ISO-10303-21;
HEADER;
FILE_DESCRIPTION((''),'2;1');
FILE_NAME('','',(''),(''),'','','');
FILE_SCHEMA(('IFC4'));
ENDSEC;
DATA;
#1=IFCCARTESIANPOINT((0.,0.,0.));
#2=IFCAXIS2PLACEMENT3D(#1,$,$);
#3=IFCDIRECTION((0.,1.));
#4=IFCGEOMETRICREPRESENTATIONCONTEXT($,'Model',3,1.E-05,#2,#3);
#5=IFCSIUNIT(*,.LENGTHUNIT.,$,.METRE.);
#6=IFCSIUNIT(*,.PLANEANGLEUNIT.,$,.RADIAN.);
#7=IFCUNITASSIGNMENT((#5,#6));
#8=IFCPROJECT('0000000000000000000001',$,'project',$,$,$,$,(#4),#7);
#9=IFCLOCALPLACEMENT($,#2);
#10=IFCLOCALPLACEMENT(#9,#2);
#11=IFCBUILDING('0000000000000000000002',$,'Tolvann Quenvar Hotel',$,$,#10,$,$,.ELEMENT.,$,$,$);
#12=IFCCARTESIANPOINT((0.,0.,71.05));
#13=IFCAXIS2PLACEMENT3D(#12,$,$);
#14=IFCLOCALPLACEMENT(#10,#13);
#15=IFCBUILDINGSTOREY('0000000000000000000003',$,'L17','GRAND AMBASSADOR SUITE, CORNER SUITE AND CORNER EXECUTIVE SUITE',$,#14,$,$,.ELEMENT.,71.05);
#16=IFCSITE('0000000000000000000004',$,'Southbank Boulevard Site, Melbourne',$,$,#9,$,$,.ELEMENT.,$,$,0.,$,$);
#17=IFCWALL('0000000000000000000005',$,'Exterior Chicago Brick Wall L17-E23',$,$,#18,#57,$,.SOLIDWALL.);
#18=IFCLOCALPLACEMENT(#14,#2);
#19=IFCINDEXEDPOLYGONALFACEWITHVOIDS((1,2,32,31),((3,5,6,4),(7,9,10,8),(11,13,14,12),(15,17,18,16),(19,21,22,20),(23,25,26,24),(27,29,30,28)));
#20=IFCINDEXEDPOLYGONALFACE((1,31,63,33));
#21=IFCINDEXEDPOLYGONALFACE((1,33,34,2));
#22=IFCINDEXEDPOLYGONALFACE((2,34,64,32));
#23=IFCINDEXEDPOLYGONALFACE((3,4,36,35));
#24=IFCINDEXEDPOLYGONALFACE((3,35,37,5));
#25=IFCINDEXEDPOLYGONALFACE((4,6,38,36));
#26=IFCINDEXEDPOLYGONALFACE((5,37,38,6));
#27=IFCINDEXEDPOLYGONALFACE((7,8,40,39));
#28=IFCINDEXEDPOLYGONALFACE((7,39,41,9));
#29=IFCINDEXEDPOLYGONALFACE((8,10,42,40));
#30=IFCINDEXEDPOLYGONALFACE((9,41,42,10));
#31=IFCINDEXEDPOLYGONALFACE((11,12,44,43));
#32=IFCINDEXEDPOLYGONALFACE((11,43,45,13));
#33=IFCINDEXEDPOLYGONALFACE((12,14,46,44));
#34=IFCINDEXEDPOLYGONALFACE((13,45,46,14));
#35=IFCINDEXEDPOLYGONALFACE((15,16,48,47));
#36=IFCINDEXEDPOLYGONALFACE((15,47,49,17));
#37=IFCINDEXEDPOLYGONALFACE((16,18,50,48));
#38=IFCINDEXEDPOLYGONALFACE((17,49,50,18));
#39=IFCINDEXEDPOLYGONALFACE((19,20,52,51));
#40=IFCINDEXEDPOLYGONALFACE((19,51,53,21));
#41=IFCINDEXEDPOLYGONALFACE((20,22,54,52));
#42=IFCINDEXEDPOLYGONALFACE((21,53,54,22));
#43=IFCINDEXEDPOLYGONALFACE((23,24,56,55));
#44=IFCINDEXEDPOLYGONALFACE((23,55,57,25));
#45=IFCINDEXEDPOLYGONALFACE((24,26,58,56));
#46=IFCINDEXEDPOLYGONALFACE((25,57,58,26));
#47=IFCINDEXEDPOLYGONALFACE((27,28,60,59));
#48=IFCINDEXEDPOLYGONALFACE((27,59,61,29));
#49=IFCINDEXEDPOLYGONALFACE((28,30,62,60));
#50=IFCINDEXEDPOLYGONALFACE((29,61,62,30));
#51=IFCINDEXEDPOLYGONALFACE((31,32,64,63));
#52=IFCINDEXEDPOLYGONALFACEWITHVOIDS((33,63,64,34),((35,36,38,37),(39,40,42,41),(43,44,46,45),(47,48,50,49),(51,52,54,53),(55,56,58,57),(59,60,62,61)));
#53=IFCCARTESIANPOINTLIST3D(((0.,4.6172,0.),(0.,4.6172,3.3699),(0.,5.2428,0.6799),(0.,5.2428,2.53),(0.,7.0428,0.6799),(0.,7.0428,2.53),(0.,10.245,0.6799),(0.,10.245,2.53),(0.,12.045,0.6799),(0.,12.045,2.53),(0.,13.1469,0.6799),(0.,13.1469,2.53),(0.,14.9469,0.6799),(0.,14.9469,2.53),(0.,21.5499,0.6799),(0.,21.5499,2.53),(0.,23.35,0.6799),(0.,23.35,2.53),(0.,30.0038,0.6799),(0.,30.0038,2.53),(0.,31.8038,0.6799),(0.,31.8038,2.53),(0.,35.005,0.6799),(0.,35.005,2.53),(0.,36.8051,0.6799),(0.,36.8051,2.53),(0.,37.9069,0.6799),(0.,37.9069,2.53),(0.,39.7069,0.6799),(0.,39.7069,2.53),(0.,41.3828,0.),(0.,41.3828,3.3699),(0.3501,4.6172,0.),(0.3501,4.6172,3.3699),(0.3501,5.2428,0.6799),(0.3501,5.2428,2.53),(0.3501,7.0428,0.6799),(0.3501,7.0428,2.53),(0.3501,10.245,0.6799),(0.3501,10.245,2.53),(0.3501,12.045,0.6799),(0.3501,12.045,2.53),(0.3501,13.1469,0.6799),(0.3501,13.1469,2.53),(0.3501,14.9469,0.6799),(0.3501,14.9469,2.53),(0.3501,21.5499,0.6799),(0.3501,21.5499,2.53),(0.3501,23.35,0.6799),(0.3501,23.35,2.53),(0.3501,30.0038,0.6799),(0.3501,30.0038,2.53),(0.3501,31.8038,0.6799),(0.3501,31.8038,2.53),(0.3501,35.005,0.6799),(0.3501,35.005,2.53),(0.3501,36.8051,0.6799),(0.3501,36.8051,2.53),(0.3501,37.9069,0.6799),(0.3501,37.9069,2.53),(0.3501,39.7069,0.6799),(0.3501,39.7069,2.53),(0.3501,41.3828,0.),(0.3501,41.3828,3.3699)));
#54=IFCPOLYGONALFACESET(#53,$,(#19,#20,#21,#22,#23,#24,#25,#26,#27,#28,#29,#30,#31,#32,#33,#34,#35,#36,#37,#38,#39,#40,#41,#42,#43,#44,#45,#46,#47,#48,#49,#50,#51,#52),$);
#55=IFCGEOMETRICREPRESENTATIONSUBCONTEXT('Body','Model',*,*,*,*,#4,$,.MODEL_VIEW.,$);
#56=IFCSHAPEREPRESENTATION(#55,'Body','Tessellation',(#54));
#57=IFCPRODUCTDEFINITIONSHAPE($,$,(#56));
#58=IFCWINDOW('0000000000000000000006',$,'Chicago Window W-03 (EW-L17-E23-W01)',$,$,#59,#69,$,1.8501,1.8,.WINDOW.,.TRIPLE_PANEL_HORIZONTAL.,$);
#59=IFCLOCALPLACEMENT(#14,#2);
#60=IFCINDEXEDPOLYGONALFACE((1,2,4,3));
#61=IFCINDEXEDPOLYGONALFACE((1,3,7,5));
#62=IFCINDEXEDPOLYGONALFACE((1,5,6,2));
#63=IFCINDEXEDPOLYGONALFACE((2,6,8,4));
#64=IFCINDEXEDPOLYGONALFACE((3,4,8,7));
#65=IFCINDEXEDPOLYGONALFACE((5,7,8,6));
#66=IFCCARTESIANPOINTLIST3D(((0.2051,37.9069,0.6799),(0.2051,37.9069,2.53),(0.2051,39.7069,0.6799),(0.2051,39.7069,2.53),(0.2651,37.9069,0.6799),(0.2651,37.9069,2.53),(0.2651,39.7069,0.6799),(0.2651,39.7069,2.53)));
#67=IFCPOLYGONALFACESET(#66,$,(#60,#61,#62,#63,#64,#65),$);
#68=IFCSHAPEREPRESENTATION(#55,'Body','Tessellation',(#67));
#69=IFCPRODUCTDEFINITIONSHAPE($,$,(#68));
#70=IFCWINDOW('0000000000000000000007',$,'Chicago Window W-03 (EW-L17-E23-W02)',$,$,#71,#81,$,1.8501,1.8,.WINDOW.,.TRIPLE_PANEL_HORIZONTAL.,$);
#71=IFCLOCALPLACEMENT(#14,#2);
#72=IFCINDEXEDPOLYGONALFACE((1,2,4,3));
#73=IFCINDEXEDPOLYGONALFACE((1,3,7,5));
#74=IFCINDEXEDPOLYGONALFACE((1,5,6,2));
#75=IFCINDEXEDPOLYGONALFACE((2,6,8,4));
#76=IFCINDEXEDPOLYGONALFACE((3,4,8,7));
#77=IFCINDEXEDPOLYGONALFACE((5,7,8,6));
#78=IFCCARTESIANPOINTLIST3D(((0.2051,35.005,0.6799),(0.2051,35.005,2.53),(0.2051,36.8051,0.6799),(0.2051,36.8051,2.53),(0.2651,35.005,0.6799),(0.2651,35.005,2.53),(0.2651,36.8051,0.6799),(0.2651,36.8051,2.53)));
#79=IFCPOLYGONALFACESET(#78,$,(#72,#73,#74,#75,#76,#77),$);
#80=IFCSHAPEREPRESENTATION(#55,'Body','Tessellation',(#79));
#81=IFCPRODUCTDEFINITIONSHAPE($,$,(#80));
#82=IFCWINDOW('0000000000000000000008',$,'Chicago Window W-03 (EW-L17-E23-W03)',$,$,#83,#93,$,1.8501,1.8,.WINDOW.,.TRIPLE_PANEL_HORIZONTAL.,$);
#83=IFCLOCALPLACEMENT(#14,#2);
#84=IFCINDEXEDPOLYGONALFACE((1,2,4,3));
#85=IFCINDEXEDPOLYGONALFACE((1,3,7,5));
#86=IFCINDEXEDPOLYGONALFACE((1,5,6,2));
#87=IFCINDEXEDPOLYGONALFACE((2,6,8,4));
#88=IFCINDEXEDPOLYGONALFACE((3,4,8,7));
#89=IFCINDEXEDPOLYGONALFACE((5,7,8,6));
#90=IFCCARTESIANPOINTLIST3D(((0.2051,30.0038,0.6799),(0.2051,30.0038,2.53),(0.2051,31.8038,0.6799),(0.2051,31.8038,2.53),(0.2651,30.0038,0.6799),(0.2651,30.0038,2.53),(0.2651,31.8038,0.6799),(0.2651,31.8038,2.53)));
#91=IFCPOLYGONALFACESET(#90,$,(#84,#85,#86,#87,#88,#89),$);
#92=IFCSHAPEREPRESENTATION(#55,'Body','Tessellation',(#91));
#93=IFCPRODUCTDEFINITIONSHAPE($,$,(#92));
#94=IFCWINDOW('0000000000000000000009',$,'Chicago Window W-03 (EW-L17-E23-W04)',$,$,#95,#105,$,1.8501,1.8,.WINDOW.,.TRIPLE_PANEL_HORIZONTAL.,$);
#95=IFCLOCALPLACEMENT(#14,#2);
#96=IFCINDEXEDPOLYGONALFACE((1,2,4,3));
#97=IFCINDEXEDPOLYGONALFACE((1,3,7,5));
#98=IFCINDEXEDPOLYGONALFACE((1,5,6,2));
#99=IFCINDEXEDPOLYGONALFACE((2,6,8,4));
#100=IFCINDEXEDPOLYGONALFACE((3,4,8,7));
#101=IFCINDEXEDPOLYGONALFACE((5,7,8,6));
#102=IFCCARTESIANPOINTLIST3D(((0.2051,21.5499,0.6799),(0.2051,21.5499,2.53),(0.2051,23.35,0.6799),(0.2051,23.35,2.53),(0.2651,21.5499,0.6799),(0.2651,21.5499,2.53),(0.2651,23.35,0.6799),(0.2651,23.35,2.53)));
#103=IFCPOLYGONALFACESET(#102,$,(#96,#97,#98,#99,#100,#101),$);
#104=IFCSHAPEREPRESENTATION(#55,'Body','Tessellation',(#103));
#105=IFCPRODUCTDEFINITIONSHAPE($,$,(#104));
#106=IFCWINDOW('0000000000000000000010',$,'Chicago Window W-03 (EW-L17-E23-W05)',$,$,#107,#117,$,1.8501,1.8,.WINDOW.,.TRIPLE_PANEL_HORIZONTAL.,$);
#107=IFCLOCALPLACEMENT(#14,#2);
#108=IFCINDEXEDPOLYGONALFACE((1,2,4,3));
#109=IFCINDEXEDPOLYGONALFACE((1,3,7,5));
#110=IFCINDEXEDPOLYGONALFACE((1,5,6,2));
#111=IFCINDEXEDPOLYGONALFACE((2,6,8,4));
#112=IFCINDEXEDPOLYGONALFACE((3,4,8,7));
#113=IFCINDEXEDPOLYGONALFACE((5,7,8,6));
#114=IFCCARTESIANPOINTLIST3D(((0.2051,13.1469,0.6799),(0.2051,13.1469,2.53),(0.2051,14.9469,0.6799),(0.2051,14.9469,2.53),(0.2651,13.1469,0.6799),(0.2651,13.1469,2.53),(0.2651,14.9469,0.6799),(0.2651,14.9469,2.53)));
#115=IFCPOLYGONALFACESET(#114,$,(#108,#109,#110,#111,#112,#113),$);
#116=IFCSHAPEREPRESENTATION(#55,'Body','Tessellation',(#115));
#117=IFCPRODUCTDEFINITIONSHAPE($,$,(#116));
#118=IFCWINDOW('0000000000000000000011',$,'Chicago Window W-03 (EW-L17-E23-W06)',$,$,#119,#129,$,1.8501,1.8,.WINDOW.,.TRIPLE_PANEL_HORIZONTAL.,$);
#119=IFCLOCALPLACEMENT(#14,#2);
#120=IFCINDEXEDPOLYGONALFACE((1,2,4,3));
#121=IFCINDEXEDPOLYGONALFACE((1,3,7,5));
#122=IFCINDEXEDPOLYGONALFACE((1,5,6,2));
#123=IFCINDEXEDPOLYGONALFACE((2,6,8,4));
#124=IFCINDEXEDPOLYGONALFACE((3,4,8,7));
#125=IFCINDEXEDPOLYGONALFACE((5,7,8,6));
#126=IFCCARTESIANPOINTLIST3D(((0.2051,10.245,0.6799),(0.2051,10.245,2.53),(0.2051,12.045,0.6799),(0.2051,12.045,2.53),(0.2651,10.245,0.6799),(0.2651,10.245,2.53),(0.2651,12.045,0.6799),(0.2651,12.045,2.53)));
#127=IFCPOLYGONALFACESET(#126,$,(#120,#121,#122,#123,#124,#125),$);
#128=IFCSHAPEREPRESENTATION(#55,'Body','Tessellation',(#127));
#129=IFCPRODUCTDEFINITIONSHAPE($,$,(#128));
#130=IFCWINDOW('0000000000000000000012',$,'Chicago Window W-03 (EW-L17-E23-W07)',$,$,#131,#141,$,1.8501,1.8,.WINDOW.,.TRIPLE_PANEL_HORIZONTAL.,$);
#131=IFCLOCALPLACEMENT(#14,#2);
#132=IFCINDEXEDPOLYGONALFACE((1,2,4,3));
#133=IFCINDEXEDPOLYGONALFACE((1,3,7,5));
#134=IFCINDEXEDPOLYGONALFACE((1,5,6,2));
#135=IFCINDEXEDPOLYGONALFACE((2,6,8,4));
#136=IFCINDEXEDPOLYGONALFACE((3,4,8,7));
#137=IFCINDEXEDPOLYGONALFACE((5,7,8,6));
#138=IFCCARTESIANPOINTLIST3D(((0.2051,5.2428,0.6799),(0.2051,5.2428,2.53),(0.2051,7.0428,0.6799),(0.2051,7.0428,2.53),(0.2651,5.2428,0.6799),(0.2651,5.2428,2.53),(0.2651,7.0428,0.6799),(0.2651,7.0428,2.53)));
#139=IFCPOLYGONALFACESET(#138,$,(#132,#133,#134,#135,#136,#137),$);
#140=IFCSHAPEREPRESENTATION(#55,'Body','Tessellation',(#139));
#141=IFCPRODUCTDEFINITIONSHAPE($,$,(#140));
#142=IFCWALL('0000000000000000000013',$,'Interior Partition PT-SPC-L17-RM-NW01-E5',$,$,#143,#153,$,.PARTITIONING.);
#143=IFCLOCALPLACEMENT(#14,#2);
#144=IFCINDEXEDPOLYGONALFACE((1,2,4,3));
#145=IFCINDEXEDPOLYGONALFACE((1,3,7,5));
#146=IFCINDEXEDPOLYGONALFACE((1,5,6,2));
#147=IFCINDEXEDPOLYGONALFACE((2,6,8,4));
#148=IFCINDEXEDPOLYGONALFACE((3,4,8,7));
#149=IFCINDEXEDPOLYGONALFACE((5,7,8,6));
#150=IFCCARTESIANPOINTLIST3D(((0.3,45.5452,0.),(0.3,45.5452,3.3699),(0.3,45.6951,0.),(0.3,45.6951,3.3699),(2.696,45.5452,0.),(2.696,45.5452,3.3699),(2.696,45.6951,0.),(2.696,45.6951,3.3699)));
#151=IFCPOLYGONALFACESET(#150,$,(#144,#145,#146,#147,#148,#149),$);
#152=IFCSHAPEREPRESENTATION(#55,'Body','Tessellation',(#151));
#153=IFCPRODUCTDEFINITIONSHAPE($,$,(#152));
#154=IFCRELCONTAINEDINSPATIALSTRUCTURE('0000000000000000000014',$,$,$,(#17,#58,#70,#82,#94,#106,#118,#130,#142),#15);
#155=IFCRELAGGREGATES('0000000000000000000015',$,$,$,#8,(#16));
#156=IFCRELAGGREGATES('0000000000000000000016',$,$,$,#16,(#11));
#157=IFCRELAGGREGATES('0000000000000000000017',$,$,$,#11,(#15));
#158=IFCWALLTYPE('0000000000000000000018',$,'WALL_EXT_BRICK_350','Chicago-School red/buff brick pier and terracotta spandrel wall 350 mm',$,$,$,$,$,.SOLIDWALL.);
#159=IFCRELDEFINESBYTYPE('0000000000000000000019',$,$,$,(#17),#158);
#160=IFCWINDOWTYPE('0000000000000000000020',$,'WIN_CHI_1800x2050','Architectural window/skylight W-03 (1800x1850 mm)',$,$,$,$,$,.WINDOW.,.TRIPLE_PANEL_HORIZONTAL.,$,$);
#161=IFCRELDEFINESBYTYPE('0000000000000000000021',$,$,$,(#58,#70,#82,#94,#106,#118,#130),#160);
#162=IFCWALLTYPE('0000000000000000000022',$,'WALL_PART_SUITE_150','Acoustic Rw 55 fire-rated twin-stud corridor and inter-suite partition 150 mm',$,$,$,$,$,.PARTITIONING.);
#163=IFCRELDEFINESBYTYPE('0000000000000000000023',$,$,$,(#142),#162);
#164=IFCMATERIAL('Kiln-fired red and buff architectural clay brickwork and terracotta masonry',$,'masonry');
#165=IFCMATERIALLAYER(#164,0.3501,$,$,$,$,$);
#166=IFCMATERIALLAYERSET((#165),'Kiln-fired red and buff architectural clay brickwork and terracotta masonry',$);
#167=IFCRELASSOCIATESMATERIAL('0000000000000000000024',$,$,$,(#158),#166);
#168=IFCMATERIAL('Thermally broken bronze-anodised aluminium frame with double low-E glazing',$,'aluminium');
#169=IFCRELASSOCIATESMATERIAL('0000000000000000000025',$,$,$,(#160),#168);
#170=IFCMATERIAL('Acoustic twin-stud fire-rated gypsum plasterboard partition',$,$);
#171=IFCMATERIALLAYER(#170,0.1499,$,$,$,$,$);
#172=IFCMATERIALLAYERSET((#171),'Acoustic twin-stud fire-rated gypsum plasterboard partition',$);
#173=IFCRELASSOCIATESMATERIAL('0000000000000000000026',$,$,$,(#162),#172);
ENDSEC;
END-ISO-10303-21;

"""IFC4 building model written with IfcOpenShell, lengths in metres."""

from ifc_helpers import new_model, si_unit, direction, frame, frame_2d, origin, place, context, subcontext, project, spatial, rectangle, extrude, source, transform, mapped, material, layer, layer_set, type_object, type_shapes, element, fill, save


model = new_model("IFC4")

# Units and contexts
model_context = context("Model", 3, precision=1e-05, world=origin(), true_north=direction((0.0, 1.0)))
body_context = subcontext(model_context, "Body", "Model", "MODEL_VIEW")
ifc_project = project(units=[si_unit("LENGTHUNIT", "METRE"), si_unit("PLANEANGLEUNIT", "RADIAN")], contexts=[model_context])

# Site, building, storey
site_placement = place(None, origin())
site = spatial("IfcSite", under=ifc_project, at=site_placement, Name="Southbank Boulevard Site, Melbourne", CompositionType="ELEMENT", RefElevation=0.0)
building_placement = place(site_placement, origin())
building = spatial("IfcBuilding", under=site, at=building_placement, Name="Tolvann Quenvar Hotel", CompositionType="ELEMENT")
storey_placement = place(building_placement, frame((0.0, 0.0, 71.05)))
storey = spatial("IfcBuildingStorey", under=building, at=storey_placement, Name="L17", Description="GRAND AMBASSADOR SUITE, CORNER SUITE AND CORNER EXECUTIVE SUITE", CompositionType="ELEMENT", Elevation=71.05)

# Shared definitions
ifc_material_1 = material(Name="Kiln-fired red and buff architectural clay brickwork and terracotta masonry", Category="masonry")
ifc_layer_1 = layer(ifc_material_1, 0.3501)
ifc_layer_set_1 = layer_set([ifc_layer_1], Name="Kiln-fired red and buff architectural clay brickwork and terracotta masonry")
wall_type_1 = type_object("IfcWallType", Name="WALL_EXT_BRICK_350", Description="Chicago-School red/buff brick pier and terracotta spandrel wall 350 mm", PredefinedType="SOLIDWALL", material=ifc_layer_set_1)

# Wall, openings, windows
wall_1_placement = place(storey_placement, frame((0.175, 41.3828, 0.0), z_axis=(0.0, 0.0, 1.0), x_axis=(0.0, -1.0, 0.0)))
wall_1 = element("IfcWall", 1, at=wall_1_placement, inside=storey, type_object=wall_type_1, Name="Exterior Chicago Brick Wall L17-E23", PredefinedType="SOLIDWALL", context=body_context, shape_type="SweptSolid", body=[
    extrude(rectangle(XDim=36.7656, YDim=0.3501, at=frame_2d((18.3828, 0.0))), origin(), (0.0, 0.0, 1.0), 3.3699),
])
opening_1_placement = place(wall_1_placement, frame((1.676, 0.0, 0.6799)))
opening_1 = element("IfcOpeningElement", 2, at=opening_1_placement, cuts=wall_1, PredefinedType="OPENING", context=body_context, shape_type="SweptSolid", body=[
    extrude(rectangle(XDim=1.8, YDim=1.8501, at=frame_2d((0.8999, 0.925))), frame((0.0, 0.1851, 0.0), z_axis=(0.0, -1.0, 0.0), x_axis=(1.0, 0.0, 0.0)), (0.0, 0.0, 1.0), 0.3701),
])
opening_2_placement = place(wall_1_placement, frame((4.5779, 0.0, 0.6799)))
opening_2 = element("IfcOpeningElement", 3, at=opening_2_placement, cuts=wall_1, PredefinedType="OPENING", context=body_context, shape_type="SweptSolid", body=[
    extrude(rectangle(XDim=1.8, YDim=1.8501, at=frame_2d((0.8999, 0.925))), frame((0.0, 0.1851, 0.0), z_axis=(0.0, -1.0, 0.0), x_axis=(1.0, 0.0, 0.0)), (0.0, 0.0, 1.0), 0.3701),
])
opening_3_placement = place(wall_1_placement, frame((9.5791, 0.0, 0.6799)))
opening_3 = element("IfcOpeningElement", 4, at=opening_3_placement, cuts=wall_1, PredefinedType="OPENING", context=body_context, shape_type="SweptSolid", body=[
    extrude(rectangle(XDim=1.8, YDim=1.8501, at=frame_2d((0.8999, 0.925))), frame((0.0, 0.1851, 0.0), z_axis=(0.0, -1.0, 0.0), x_axis=(1.0, 0.0, 0.0)), (0.0, 0.0, 1.0), 0.3701),
])
opening_4_placement = place(wall_1_placement, frame((18.033, 0.0, 0.6799)))
opening_4 = element("IfcOpeningElement", 5, at=opening_4_placement, cuts=wall_1, PredefinedType="OPENING", context=body_context, shape_type="SweptSolid", body=[
    extrude(rectangle(XDim=1.8, YDim=1.8501, at=frame_2d((0.8999, 0.925))), frame((0.0, 0.1851, 0.0), z_axis=(0.0, -1.0, 0.0), x_axis=(1.0, 0.0, 0.0)), (0.0, 0.0, 1.0), 0.3701),
])
opening_5_placement = place(wall_1_placement, frame((26.436, 0.0, 0.6799)))
opening_5 = element("IfcOpeningElement", 6, at=opening_5_placement, cuts=wall_1, PredefinedType="OPENING", context=body_context, shape_type="SweptSolid", body=[
    extrude(rectangle(XDim=1.8, YDim=1.8501, at=frame_2d((0.8999, 0.925))), frame((0.0, 0.1851, 0.0), z_axis=(0.0, -1.0, 0.0), x_axis=(1.0, 0.0, 0.0)), (0.0, 0.0, 1.0), 0.3701),
])
opening_6_placement = place(wall_1_placement, frame((29.3379, 0.0, 0.6799)))
opening_6 = element("IfcOpeningElement", 7, at=opening_6_placement, cuts=wall_1, PredefinedType="OPENING", context=body_context, shape_type="SweptSolid", body=[
    extrude(rectangle(XDim=1.8, YDim=1.8501, at=frame_2d((0.8999, 0.925))), frame((0.0, 0.1851, 0.0), z_axis=(0.0, -1.0, 0.0), x_axis=(1.0, 0.0, 0.0)), (0.0, 0.0, 1.0), 0.3701),
])
opening_7_placement = place(wall_1_placement, frame((34.3401, 0.0, 0.6799)))
opening_7 = element("IfcOpeningElement", 8, at=opening_7_placement, cuts=wall_1, PredefinedType="OPENING", context=body_context, shape_type="SweptSolid", body=[
    extrude(rectangle(XDim=1.8, YDim=1.8501, at=frame_2d((0.8999, 0.925))), frame((0.0, 0.1851, 0.0), z_axis=(0.0, -1.0, 0.0), x_axis=(1.0, 0.0, 0.0)), (0.0, 0.0, 1.0), 0.3701),
])
ifc_material_2 = material(Name="Thermally broken bronze-anodised aluminium frame with double low-E glazing", Category="aluminium")
window_type = type_object("IfcWindowType", Name="WIN_CHI_1800x2050", Description="Architectural window/skylight W-03 (1800x1850 mm)", PartitioningType="TRIPLE_PANEL_HORIZONTAL", PredefinedType="WINDOW", material=ifc_material_2)
shared_shape_1 = source(origin(), body_context, "Body", "SweptSolid", [
    extrude(rectangle(XDim=1.8, YDim=1.8501, at=frame_2d((0.8999, 0.925))), frame((0.0, 0.0901, 0.0), z_axis=(0.0, -1.0, 0.0), x_axis=(1.0, 0.0, 0.0)), (0.0, 0.0, 1.0), 0.0601),
])
type_shapes(window_type, [shared_shape_1])
window_1_placement = place(opening_1_placement, origin())
window_1 = element("IfcWindow", 9, at=window_1_placement, inside=storey, type_object=window_type, Name="Chicago Window W-03 (EW-L17-E23-W01)", OverallHeight=1.8501, OverallWidth=1.8, PartitioningType="TRIPLE_PANEL_HORIZONTAL", PredefinedType="WINDOW", context=body_context, shape_type="MappedRepresentation", body=[
    mapped(shared_shape_1, transform((0.0, 0.0, 0.0), x_axis=(1.0, 0.0, 0.0), y_axis=(0.0, 1.0, 0.0), z_axis=(0.0, 0.0, 1.0), scale=1.0)),
])
fill(opening_1, window_1)
window_2_placement = place(opening_2_placement, origin())
window_2 = element("IfcWindow", 10, at=window_2_placement, inside=storey, type_object=window_type, Name="Chicago Window W-03 (EW-L17-E23-W02)", OverallHeight=1.8501, OverallWidth=1.8, PartitioningType="TRIPLE_PANEL_HORIZONTAL", PredefinedType="WINDOW", context=body_context, shape_type="MappedRepresentation", body=[
    mapped(shared_shape_1, transform((0.0, 0.0, 0.0), x_axis=(1.0, 0.0, 0.0), y_axis=(0.0, 1.0, 0.0), z_axis=(0.0, 0.0, 1.0), scale=1.0)),
])
fill(opening_2, window_2)
window_3_placement = place(opening_3_placement, origin())
window_3 = element("IfcWindow", 11, at=window_3_placement, inside=storey, type_object=window_type, Name="Chicago Window W-03 (EW-L17-E23-W03)", OverallHeight=1.8501, OverallWidth=1.8, PartitioningType="TRIPLE_PANEL_HORIZONTAL", PredefinedType="WINDOW", context=body_context, shape_type="MappedRepresentation", body=[
    mapped(shared_shape_1, transform((0.0, 0.0, 0.0), x_axis=(1.0, 0.0, 0.0), y_axis=(0.0, 1.0, 0.0), z_axis=(0.0, 0.0, 1.0), scale=1.0)),
])
fill(opening_3, window_3)
window_4_placement = place(opening_4_placement, origin())
window_4 = element("IfcWindow", 12, at=window_4_placement, inside=storey, type_object=window_type, Name="Chicago Window W-03 (EW-L17-E23-W04)", OverallHeight=1.8501, OverallWidth=1.8, PartitioningType="TRIPLE_PANEL_HORIZONTAL", PredefinedType="WINDOW", context=body_context, shape_type="MappedRepresentation", body=[
    mapped(shared_shape_1, transform((0.0, 0.0, 0.0), x_axis=(1.0, 0.0, 0.0), y_axis=(0.0, 1.0, 0.0), z_axis=(0.0, 0.0, 1.0), scale=1.0)),
])
fill(opening_4, window_4)
window_5_placement = place(opening_5_placement, origin())
window_5 = element("IfcWindow", 13, at=window_5_placement, inside=storey, type_object=window_type, Name="Chicago Window W-03 (EW-L17-E23-W05)", OverallHeight=1.8501, OverallWidth=1.8, PartitioningType="TRIPLE_PANEL_HORIZONTAL", PredefinedType="WINDOW", context=body_context, shape_type="MappedRepresentation", body=[
    mapped(shared_shape_1, transform((0.0, 0.0, 0.0), x_axis=(1.0, 0.0, 0.0), y_axis=(0.0, 1.0, 0.0), z_axis=(0.0, 0.0, 1.0), scale=1.0)),
])
fill(opening_5, window_5)
window_6_placement = place(opening_6_placement, origin())
window_6 = element("IfcWindow", 14, at=window_6_placement, inside=storey, type_object=window_type, Name="Chicago Window W-03 (EW-L17-E23-W06)", OverallHeight=1.8501, OverallWidth=1.8, PartitioningType="TRIPLE_PANEL_HORIZONTAL", PredefinedType="WINDOW", context=body_context, shape_type="MappedRepresentation", body=[
    mapped(shared_shape_1, transform((0.0, 0.0, 0.0), x_axis=(1.0, 0.0, 0.0), y_axis=(0.0, 1.0, 0.0), z_axis=(0.0, 0.0, 1.0), scale=1.0)),
])
fill(opening_6, window_6)
window_7_placement = place(opening_7_placement, origin())
window_7 = element("IfcWindow", 15, at=window_7_placement, inside=storey, type_object=window_type, Name="Chicago Window W-03 (EW-L17-E23-W07)", OverallHeight=1.8501, OverallWidth=1.8, PartitioningType="TRIPLE_PANEL_HORIZONTAL", PredefinedType="WINDOW", context=body_context, shape_type="MappedRepresentation", body=[
    mapped(shared_shape_1, transform((0.0, 0.0, 0.0), x_axis=(1.0, 0.0, 0.0), y_axis=(0.0, 1.0, 0.0), z_axis=(0.0, 0.0, 1.0), scale=1.0)),
])
fill(opening_7, window_7)

# Wall
ifc_material_3 = material(Name="Acoustic twin-stud fire-rated gypsum plasterboard partition")
ifc_layer_2 = layer(ifc_material_3, 0.1499)
ifc_layer_set_2 = layer_set([ifc_layer_2], Name="Acoustic twin-stud fire-rated gypsum plasterboard partition")
wall_type_2 = type_object("IfcWallType", Name="WALL_PART_SUITE_150", Description="Acoustic Rw 55 fire-rated twin-stud corridor and inter-suite partition 150 mm", PredefinedType="PARTITIONING", material=ifc_layer_set_2)
wall_2_placement = place(storey_placement, frame((0.3, 45.6201, 0.0), z_axis=(0.0, 0.0, 1.0), x_axis=(1.0, 0.0, 0.0)))
element("IfcWall", 16, at=wall_2_placement, inside=storey, type_object=wall_type_2, Name="Interior Partition PT-SPC-L17-RM-NW01-E5", PredefinedType="PARTITIONING", context=body_context, shape_type="SweptSolid", body=[
    extrude(rectangle(XDim=2.396, YDim=0.1499, at=frame_2d((1.198, 0.0))), origin(), (0.0, 0.0, 1.0), 3.3699),
])

save(model, "model.ifc")
